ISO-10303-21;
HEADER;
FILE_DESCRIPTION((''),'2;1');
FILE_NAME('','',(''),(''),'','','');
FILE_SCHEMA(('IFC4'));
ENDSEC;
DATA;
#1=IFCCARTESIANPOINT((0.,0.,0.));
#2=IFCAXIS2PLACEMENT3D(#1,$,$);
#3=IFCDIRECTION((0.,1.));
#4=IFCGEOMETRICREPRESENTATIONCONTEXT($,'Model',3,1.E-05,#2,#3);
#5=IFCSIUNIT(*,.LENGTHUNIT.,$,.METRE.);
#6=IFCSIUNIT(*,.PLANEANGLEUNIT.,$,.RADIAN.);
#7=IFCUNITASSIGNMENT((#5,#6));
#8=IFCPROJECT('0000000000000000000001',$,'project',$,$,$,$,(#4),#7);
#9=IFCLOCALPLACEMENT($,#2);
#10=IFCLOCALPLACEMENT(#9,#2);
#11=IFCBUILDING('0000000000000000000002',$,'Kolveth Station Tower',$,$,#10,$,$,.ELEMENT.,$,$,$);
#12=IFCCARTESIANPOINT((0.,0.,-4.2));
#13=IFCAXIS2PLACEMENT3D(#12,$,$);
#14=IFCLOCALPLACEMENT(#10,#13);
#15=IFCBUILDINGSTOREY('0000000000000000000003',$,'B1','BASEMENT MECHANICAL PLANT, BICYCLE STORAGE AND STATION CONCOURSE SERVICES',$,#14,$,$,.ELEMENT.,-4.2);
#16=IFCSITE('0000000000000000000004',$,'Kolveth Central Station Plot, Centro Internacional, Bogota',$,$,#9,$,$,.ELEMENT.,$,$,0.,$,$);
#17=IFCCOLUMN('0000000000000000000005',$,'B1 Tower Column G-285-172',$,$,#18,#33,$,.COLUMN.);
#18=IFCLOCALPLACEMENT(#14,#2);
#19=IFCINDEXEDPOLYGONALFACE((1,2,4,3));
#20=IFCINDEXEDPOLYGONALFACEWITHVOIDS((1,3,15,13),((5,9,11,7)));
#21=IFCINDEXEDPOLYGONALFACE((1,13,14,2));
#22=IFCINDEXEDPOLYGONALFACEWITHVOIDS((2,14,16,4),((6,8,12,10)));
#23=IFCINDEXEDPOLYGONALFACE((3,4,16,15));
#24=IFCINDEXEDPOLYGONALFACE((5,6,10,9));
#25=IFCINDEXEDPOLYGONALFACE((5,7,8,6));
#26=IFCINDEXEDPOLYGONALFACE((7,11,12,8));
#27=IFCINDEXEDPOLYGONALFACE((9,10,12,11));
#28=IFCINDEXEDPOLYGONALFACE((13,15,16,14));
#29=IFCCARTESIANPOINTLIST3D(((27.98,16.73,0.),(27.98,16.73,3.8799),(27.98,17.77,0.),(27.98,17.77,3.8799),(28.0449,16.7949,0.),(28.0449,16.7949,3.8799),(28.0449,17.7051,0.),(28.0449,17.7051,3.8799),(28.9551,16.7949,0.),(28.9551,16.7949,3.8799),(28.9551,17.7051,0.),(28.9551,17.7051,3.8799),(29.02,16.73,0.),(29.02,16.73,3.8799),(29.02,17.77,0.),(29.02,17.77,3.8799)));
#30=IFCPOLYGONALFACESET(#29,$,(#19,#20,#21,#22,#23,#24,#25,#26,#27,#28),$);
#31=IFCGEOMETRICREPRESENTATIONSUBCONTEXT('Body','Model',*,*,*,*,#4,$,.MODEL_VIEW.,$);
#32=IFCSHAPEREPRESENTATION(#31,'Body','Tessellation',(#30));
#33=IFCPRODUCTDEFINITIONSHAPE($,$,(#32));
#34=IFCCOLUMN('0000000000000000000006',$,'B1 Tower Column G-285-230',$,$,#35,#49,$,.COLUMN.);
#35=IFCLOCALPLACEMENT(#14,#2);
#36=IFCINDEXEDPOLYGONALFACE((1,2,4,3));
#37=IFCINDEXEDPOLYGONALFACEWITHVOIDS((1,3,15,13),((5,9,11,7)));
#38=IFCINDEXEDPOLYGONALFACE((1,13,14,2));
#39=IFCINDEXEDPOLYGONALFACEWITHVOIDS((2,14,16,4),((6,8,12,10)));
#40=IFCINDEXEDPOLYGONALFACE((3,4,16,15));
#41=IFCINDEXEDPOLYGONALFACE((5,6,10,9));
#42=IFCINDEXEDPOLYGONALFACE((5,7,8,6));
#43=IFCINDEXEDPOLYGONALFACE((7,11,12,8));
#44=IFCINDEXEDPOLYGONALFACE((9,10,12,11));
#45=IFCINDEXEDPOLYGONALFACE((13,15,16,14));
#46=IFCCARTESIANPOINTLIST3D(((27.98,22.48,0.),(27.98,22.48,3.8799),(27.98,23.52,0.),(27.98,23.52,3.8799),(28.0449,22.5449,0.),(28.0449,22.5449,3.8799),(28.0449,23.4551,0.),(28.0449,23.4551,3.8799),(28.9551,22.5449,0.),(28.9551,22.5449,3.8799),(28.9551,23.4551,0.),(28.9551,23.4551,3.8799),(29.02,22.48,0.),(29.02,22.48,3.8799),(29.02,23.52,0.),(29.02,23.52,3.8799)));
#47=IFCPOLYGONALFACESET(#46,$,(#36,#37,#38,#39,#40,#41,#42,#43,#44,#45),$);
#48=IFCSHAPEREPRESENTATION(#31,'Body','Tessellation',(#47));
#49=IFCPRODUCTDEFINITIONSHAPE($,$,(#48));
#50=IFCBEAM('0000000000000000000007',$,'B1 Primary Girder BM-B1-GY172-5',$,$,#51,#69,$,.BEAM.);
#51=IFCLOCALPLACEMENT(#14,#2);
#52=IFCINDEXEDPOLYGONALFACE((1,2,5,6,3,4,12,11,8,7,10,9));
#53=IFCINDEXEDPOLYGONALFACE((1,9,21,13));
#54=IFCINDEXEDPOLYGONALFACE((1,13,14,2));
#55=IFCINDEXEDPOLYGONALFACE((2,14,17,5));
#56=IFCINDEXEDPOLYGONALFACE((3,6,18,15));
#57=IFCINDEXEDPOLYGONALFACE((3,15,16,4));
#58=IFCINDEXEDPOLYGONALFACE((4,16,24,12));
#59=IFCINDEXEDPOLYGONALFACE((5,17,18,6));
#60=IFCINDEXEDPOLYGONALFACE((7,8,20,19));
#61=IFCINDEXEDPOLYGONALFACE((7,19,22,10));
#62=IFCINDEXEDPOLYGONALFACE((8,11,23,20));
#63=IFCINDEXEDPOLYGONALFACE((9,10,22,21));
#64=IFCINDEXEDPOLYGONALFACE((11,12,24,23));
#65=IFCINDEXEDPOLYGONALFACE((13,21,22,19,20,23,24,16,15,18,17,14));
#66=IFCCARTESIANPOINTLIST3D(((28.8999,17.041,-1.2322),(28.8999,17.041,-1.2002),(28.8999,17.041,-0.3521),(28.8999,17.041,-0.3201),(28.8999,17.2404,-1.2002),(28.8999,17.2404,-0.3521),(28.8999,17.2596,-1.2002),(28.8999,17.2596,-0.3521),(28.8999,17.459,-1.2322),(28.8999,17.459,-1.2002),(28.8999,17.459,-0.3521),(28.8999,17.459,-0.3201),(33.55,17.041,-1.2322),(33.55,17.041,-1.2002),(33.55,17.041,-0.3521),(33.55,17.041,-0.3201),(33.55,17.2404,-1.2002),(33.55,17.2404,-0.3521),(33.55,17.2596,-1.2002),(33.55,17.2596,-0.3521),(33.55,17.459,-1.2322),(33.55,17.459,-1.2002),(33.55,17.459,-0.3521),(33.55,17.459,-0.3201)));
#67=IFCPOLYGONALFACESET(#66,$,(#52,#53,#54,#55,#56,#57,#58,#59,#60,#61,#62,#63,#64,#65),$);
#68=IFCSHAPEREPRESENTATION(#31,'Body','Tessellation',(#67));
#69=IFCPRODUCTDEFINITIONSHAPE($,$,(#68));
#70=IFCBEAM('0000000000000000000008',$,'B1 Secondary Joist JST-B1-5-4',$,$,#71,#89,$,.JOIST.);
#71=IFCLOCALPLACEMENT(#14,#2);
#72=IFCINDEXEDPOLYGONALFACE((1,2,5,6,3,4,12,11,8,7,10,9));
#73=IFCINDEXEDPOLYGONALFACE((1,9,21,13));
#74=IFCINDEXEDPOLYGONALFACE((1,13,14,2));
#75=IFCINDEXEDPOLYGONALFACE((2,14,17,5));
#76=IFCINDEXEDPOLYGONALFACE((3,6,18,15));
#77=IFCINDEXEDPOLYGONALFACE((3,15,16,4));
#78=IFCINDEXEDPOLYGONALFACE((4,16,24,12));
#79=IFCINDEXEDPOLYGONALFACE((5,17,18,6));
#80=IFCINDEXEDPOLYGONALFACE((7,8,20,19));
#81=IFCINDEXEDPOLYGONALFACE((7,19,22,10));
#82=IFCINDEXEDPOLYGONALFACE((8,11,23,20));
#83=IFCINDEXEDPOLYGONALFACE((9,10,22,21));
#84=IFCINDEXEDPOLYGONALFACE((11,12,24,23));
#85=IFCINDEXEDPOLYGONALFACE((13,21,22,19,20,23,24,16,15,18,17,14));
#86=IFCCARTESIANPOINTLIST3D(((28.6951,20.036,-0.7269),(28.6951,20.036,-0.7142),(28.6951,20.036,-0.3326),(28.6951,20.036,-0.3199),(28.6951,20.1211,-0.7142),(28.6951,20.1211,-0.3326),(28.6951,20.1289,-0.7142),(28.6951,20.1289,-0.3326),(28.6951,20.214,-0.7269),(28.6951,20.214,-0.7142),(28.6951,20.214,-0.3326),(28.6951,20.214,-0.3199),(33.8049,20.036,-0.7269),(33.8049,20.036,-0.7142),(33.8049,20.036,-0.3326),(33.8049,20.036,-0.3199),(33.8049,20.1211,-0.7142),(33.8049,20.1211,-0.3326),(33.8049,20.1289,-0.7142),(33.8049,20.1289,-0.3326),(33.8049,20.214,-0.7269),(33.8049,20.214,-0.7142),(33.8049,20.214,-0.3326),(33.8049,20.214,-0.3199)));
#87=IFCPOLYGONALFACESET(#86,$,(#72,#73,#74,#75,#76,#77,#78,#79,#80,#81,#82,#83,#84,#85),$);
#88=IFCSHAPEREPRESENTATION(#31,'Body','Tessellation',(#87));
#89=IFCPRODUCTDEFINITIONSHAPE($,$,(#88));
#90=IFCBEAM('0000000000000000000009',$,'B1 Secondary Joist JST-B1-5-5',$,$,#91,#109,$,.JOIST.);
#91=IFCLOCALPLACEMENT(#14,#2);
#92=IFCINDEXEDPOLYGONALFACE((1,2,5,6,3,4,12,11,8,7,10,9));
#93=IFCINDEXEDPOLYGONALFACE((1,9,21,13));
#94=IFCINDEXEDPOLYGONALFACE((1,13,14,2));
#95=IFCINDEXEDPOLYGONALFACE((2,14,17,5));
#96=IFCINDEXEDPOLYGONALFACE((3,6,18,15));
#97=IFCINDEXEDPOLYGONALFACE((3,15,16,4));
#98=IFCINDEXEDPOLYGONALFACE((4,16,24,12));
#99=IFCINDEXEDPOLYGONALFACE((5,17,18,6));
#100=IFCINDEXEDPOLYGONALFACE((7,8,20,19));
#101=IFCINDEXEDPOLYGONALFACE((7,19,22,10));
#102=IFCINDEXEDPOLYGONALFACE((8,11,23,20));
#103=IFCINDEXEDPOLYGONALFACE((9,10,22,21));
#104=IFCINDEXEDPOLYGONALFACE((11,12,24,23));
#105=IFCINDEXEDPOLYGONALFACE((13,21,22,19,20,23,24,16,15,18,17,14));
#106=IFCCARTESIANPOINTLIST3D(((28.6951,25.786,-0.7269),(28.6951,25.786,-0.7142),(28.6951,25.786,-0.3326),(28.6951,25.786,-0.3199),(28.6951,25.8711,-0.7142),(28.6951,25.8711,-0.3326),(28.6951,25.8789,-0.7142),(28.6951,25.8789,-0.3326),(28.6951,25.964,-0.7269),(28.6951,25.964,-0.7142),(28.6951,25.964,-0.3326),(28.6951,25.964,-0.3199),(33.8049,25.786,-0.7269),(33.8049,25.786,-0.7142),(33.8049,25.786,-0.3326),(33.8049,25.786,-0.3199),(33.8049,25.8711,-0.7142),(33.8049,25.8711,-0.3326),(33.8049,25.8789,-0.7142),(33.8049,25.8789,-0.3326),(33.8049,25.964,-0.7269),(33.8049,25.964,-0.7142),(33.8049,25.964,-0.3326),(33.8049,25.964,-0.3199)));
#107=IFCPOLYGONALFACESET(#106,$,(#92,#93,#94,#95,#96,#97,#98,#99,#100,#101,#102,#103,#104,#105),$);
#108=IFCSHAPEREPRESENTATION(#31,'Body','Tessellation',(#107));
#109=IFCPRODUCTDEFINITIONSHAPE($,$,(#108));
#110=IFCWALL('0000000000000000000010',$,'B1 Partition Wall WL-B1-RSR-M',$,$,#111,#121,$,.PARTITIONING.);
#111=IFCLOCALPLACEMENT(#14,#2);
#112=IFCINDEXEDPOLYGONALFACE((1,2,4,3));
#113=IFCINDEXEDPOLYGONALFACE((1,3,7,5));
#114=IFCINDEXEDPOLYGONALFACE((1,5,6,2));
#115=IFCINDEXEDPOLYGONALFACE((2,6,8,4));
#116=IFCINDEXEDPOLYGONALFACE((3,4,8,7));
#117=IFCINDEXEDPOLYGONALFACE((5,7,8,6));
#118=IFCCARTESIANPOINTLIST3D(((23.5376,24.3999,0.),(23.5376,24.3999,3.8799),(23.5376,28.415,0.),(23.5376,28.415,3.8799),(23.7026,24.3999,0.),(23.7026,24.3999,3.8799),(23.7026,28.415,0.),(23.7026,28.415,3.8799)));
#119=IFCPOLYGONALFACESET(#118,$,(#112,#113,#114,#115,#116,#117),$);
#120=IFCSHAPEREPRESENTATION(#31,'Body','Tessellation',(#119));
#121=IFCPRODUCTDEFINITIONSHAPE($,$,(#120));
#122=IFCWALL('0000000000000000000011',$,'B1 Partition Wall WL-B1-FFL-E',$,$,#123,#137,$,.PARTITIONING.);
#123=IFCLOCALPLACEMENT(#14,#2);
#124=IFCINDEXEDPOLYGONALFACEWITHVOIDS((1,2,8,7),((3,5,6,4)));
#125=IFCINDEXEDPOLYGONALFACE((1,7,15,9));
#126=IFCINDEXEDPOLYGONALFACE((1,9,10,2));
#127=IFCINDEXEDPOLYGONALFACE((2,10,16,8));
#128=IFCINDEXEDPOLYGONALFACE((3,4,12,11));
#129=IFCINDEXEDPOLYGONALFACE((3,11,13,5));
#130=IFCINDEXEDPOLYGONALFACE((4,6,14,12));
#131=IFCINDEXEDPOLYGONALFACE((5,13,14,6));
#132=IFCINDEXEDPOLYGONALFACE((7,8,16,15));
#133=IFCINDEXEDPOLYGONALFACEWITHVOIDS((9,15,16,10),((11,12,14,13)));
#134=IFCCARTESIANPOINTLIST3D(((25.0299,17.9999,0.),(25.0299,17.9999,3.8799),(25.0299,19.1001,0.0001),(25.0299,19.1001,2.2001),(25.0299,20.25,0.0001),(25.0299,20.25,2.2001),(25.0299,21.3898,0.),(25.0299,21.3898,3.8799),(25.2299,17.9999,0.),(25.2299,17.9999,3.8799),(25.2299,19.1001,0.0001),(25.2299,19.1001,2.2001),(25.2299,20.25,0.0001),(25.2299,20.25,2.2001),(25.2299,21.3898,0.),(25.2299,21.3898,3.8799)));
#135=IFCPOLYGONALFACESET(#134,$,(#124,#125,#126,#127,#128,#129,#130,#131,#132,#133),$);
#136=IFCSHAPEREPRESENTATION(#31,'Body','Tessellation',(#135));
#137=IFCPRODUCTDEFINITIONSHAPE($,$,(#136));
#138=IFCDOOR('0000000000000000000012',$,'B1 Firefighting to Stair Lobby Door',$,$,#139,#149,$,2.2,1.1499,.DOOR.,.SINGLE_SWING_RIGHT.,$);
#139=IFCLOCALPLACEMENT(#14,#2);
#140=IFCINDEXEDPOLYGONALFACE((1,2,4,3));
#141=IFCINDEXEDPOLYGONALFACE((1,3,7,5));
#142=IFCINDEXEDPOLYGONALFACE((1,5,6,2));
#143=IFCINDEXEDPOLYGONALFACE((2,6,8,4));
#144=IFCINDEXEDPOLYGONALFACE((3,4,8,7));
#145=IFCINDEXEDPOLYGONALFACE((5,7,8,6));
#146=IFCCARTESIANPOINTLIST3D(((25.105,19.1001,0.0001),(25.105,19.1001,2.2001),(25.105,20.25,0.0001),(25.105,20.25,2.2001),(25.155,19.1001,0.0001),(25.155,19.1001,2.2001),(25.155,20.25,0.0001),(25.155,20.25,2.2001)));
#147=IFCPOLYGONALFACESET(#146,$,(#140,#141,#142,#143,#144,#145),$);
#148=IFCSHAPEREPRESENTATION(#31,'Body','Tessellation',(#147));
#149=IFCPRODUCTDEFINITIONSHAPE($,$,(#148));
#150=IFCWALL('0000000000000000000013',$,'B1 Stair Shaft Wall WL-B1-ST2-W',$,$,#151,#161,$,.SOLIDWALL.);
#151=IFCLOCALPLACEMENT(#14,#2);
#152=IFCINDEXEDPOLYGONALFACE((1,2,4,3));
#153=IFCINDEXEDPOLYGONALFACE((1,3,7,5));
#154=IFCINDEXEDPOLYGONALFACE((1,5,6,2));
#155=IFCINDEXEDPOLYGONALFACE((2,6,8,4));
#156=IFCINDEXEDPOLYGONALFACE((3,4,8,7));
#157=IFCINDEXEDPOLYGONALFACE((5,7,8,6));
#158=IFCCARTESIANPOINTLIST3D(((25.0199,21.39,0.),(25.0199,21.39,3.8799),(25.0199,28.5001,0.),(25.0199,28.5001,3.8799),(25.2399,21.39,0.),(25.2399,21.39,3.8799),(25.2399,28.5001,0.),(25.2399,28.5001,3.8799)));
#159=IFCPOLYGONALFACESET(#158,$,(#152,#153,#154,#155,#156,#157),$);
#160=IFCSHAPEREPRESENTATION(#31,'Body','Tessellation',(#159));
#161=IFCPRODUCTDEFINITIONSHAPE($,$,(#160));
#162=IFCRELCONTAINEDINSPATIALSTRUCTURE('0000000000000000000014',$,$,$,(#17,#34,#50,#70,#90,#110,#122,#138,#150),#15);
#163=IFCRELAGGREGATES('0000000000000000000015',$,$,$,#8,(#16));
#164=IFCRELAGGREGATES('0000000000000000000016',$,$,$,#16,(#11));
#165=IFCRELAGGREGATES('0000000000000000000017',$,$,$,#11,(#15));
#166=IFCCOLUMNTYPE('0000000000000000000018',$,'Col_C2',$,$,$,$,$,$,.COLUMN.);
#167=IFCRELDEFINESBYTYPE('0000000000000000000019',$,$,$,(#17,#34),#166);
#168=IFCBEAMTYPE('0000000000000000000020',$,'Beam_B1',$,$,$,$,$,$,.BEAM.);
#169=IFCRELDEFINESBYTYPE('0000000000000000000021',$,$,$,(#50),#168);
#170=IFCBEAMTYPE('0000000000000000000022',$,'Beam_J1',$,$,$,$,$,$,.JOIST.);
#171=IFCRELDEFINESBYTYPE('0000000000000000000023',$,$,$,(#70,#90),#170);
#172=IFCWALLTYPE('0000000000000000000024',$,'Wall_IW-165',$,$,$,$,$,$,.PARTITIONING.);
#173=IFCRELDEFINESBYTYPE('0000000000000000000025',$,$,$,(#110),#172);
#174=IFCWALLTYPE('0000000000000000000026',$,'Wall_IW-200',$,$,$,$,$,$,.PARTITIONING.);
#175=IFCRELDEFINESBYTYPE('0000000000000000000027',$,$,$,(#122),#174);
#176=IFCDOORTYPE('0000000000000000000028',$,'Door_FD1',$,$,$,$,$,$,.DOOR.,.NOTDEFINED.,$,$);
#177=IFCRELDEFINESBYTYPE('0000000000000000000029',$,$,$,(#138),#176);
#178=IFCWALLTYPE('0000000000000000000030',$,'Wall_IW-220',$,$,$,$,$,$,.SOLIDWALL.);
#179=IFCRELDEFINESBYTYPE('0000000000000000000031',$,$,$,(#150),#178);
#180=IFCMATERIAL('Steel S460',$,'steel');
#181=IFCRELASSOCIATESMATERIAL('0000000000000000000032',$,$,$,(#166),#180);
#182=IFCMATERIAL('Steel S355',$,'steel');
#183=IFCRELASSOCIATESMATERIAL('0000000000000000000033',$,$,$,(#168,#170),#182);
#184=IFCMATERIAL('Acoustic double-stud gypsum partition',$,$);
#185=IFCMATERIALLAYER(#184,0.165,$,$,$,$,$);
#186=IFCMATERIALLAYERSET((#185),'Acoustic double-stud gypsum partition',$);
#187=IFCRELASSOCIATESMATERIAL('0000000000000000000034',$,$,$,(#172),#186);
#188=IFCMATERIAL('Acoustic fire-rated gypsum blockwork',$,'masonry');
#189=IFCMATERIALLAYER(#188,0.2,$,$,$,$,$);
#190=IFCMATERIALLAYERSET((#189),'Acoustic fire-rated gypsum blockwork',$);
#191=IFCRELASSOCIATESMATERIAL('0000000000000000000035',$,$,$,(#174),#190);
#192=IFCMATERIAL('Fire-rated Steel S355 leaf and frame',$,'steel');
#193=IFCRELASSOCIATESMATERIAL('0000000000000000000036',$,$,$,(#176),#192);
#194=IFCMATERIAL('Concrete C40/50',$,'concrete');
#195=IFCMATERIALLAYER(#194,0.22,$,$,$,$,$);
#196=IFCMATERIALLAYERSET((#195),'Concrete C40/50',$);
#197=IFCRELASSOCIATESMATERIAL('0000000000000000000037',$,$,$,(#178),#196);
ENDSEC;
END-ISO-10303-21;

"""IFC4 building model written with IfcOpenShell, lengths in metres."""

from ifc_helpers import new_model, si_unit, direction, frame, frame_2d, origin, origin_2d, place, context, subcontext, project, spatial, rectangle, hollow_rectangle, i_section, extrude, source, transform, mapped, material, layer, layer_set, material_profile, profile_set, type_object, element, fill, save


model = new_model("IFC4")

# Units and contexts
model_context = context("Model", 3, precision=1e-05, world=origin(), true_north=direction((0.0, 1.0)))
body_context = subcontext(model_context, "Body", "Model", "MODEL_VIEW")
ifc_project = project(units=[si_unit("LENGTHUNIT", "METRE"), si_unit("PLANEANGLEUNIT", "RADIAN")], contexts=[model_context])

# Site, building, storey
site_placement = place(None, origin())
site = spatial("IfcSite", under=ifc_project, at=site_placement, Name="Kolveth Central Station Plot, Centro Internacional, Bogota", CompositionType="ELEMENT", RefElevation=0.0)
building_placement = place(site_placement, origin())
building = spatial("IfcBuilding", under=site, at=building_placement, Name="Kolveth Station Tower", CompositionType="ELEMENT")
storey_placement = place(building_placement, frame((0.0, 0.0, -4.2)))
storey = spatial("IfcBuildingStorey", under=building, at=storey_placement, Name="B1", Description="BASEMENT MECHANICAL PLANT, BICYCLE STORAGE AND STATION CONCOURSE SERVICES", CompositionType="ELEMENT", Elevation=-4.2)

# Columns
ifc_material_1 = material(Name="Steel S460", Category="steel")
ifc_material_profile_1 = material_profile(ifc_material_1, hollow_rectangle(XDim=1.04, YDim=1.04, WallThickness=0.0649, at=origin_2d()), Name="BOX1040x1040x65")
ifc_profile_set_1 = profile_set([ifc_material_profile_1], Name="Steel S460")
column_type = type_object("IfcColumnType", Name="Col_C2", PredefinedType="COLUMN", material=ifc_profile_set_1)
shared_shape_1 = source(origin(), body_context, "Body", "SweptSolid", [
    extrude(hollow_rectangle(XDim=1.04, YDim=1.04, WallThickness=0.0649, at=origin_2d()), origin(), (0.0, 0.0, 1.0), 3.8799),
])
for number, where, z_axis, x_axis, name in (
    (1, (28.5, 17.25, 0.0), (0.0, 0.0, 1.0), (1.0, 0.0, 0.0), "B1 Tower Column G-285-172"),
    (2, (28.5, 23.0, 0.0), (0.0, 0.0, 1.0), (1.0, 0.0, 0.0), "B1 Tower Column G-285-230"),
):
    element("IfcColumn", number, at=place(storey_placement, frame(where, z_axis=z_axis, x_axis=x_axis)), inside=storey, type_object=column_type, Name=name, PredefinedType="COLUMN", context=body_context, shape_type="MappedRepresentation", body=[
        mapped(shared_shape_1, transform((0.0, 0.0, 0.0), x_axis=(1.0, 0.0, 0.0), y_axis=(0.0, 1.0, 0.0), z_axis=(0.0, 0.0, 1.0), scale=1.0)),
    ])

# Beams
ifc_material_2 = material(Name="Steel S355", Category="steel")
ifc_material_profile_2 = material_profile(ifc_material_2, i_section(OverallWidth=0.418, OverallDepth=0.9121, WebThickness=0.0193, FlangeThickness=0.032, at=origin_2d()), Name="W920x342")
ifc_profile_set_2 = profile_set([ifc_material_profile_2], Name="Steel S355")
beam_type_1 = type_object("IfcBeamType", Name="Beam_B1", PredefinedType="BEAM", material=ifc_profile_set_2)
shared_shape_2 = source(origin(), body_context, "Body", "SweptSolid", [
    extrude(i_section(OverallWidth=0.418, OverallDepth=0.9121, WebThickness=0.0193, FlangeThickness=0.032, at=origin_2d()), origin(), (0.0, 0.0, 1.0), 4.6501),
])
beam_placement = place(storey_placement, frame((28.8999, 17.25, -0.7761), z_axis=(1.0, 0.0, 0.0), x_axis=(0.0, 1.0, 0.0)))
element("IfcBeam", 3, at=beam_placement, inside=storey, type_object=beam_type_1, Name="B1 Primary Girder BM-B1-GY172-5", PredefinedType="BEAM", context=body_context, shape_type="MappedRepresentation", body=[
    mapped(shared_shape_2, transform((0.0, 0.0, 0.0), x_axis=(1.0, 0.0, 0.0), y_axis=(0.0, 1.0, 0.0), z_axis=(0.0, 0.0, 1.0), scale=1.0)),
])
ifc_material_profile_3 = material_profile(ifc_material_2, i_section(OverallWidth=0.178, OverallDepth=0.407, WebThickness=0.0078, FlangeThickness=0.0127, at=origin_2d()), Name="W410x60")
ifc_profile_set_3 = profile_set([ifc_material_profile_3], Name="Steel S355")
beam_type_2 = type_object("IfcBeamType", Name="Beam_J1", PredefinedType="JOIST", material=ifc_profile_set_3)
shared_shape_3 = source(origin(), body_context, "Body", "SweptSolid", [
    extrude(i_section(OverallWidth=0.178, OverallDepth=0.407, WebThickness=0.0078, FlangeThickness=0.0127, at=origin_2d()), origin(), (0.0, 0.0, 1.0), 5.1099),
])
for number, where, z_axis, x_axis, name in (
    (4, (28.6951, 20.125, -0.5234), (1.0, 0.0, 0.0), (0.0, 1.0, 0.0), "B1 Secondary Joist JST-B1-5-4"),
    (5, (28.6951, 25.875, -0.5234), (1.0, 0.0, 0.0), (0.0, 1.0, 0.0), "B1 Secondary Joist JST-B1-5-5"),
):
    element("IfcBeam", number, at=place(storey_placement, frame(where, z_axis=z_axis, x_axis=x_axis)), inside=storey, type_object=beam_type_2, Name=name, PredefinedType="JOIST", context=body_context, shape_type="MappedRepresentation", body=[
        mapped(shared_shape_3, transform((0.0, 0.0, 0.0), x_axis=(1.0, 0.0, 0.0), y_axis=(0.0, 1.0, 0.0), z_axis=(0.0, 0.0, 1.0), scale=1.0)),
    ])

# Wall
ifc_material_3 = material(Name="Acoustic double-stud gypsum partition")
ifc_layer_1 = layer(ifc_material_3, 0.165)
ifc_layer_set_1 = layer_set([ifc_layer_1], Name="Acoustic double-stud gypsum partition")
wall_type_1 = type_object("IfcWallType", Name="Wall_IW-165", PredefinedType="PARTITIONING", material=ifc_layer_set_1)
wall_1_placement = place(storey_placement, frame((23.6201, 24.3999, 0.0), z_axis=(0.0, 0.0, 1.0), x_axis=(0.0, 1.0, 0.0)))
element("IfcWall", 6, at=wall_1_placement, inside=storey, type_object=wall_type_1, Name="B1 Partition Wall WL-B1-RSR-M", PredefinedType="PARTITIONING", context=body_context, shape_type="SweptSolid", body=[
    extrude(rectangle(XDim=4.0151, YDim=0.165, at=frame_2d((2.0076, 0.0))), origin(), (0.0, 0.0, 1.0), 3.8799),
])

# Wall, opening, door
ifc_material_4 = material(Name="Acoustic fire-rated gypsum blockwork", Category="masonry")
ifc_layer_2 = layer(ifc_material_4, 0.2)
ifc_layer_set_2 = layer_set([ifc_layer_2], Name="Acoustic fire-rated gypsum blockwork")
wall_type_2 = type_object("IfcWallType", Name="Wall_IW-200", PredefinedType="PARTITIONING", material=ifc_layer_set_2)
wall_2_placement = place(storey_placement, frame((25.1299, 18.0, 0.0), z_axis=(0.0, 0.0, 1.0), x_axis=(0.0, 1.0, 0.0)))
wall_2 = element("IfcWall", 7, at=wall_2_placement, inside=storey, type_object=wall_type_2, Name="B1 Partition Wall WL-B1-FFL-E", PredefinedType="PARTITIONING", context=body_context, shape_type="SweptSolid", body=[
    extrude(rectangle(XDim=3.3899, YDim=0.2, at=frame_2d((1.6948, 0.0))), origin(), (0.0, 0.0, 1.0), 3.8799),
])
opening_1_placement = place(wall_2_placement, frame((1.1001, 0.0, 0.0)))
opening_1 = element("IfcOpeningElement", 8, at=opening_1_placement, cuts=wall_2, PredefinedType="OPENING", context=body_context, shape_type="SweptSolid", body=[
    extrude(rectangle(XDim=1.1499, YDim=2.2, at=frame_2d((0.575, 1.1001))), frame((0.0, 0.1099, 0.0), z_axis=(0.0, -1.0, 0.0), x_axis=(1.0, 0.0, 0.0)), (0.0, 0.0, 1.0), 0.22),
])
ifc_material_5 = material(Name="Fire-rated Steel S355 leaf and frame", Category="steel")
door_type = type_object("IfcDoorType", Name="Door_FD1", OperationType="NOTDEFINED", PredefinedType="DOOR", material=ifc_material_5)
door_1_placement = place(opening_1_placement, origin())
door_1 = element("IfcDoor", 9, at=door_1_placement, inside=storey, type_object=door_type, Name="B1 Firefighting to Stair Lobby Door", OperationType="SINGLE_SWING_RIGHT", OverallHeight=2.2, OverallWidth=1.1499, PredefinedType="DOOR", context=body_context, shape_type="SweptSolid", body=[
    extrude(rectangle(XDim=1.1499, YDim=2.2, at=frame_2d((0.575, 1.1001))), frame((0.0, 0.0249, 0.0), z_axis=(0.0, -1.0, 0.0), x_axis=(1.0, 0.0, 0.0)), (0.0, 0.0, 1.0), 0.05),
])
fill(opening_1, door_1)

# Wall
ifc_material_6 = material(Name="Concrete C40/50", Category="concrete")
ifc_layer_3 = layer(ifc_material_6, 0.22)
ifc_layer_set_3 = layer_set([ifc_layer_3], Name="Concrete C40/50")
wall_type_3 = type_object("IfcWallType", Name="Wall_IW-220", PredefinedType="SOLIDWALL", material=ifc_layer_set_3)
wall_3_placement = place(storey_placement, frame((25.1299, 21.3899, 0.0), z_axis=(0.0, 0.0, 1.0), x_axis=(0.0, 1.0, 0.0)))
element("IfcWall", 10, at=wall_3_placement, inside=storey, type_object=wall_type_3, Name="B1 Stair Shaft Wall WL-B1-ST2-W", PredefinedType="SOLIDWALL", context=body_context, shape_type="SweptSolid", body=[
    extrude(rectangle(XDim=7.1101, YDim=0.22, at=frame_2d((3.5552, 0.0))), origin(), (0.0, 0.0, 1.0), 3.8799),
])

save(model, "model.ifc")
